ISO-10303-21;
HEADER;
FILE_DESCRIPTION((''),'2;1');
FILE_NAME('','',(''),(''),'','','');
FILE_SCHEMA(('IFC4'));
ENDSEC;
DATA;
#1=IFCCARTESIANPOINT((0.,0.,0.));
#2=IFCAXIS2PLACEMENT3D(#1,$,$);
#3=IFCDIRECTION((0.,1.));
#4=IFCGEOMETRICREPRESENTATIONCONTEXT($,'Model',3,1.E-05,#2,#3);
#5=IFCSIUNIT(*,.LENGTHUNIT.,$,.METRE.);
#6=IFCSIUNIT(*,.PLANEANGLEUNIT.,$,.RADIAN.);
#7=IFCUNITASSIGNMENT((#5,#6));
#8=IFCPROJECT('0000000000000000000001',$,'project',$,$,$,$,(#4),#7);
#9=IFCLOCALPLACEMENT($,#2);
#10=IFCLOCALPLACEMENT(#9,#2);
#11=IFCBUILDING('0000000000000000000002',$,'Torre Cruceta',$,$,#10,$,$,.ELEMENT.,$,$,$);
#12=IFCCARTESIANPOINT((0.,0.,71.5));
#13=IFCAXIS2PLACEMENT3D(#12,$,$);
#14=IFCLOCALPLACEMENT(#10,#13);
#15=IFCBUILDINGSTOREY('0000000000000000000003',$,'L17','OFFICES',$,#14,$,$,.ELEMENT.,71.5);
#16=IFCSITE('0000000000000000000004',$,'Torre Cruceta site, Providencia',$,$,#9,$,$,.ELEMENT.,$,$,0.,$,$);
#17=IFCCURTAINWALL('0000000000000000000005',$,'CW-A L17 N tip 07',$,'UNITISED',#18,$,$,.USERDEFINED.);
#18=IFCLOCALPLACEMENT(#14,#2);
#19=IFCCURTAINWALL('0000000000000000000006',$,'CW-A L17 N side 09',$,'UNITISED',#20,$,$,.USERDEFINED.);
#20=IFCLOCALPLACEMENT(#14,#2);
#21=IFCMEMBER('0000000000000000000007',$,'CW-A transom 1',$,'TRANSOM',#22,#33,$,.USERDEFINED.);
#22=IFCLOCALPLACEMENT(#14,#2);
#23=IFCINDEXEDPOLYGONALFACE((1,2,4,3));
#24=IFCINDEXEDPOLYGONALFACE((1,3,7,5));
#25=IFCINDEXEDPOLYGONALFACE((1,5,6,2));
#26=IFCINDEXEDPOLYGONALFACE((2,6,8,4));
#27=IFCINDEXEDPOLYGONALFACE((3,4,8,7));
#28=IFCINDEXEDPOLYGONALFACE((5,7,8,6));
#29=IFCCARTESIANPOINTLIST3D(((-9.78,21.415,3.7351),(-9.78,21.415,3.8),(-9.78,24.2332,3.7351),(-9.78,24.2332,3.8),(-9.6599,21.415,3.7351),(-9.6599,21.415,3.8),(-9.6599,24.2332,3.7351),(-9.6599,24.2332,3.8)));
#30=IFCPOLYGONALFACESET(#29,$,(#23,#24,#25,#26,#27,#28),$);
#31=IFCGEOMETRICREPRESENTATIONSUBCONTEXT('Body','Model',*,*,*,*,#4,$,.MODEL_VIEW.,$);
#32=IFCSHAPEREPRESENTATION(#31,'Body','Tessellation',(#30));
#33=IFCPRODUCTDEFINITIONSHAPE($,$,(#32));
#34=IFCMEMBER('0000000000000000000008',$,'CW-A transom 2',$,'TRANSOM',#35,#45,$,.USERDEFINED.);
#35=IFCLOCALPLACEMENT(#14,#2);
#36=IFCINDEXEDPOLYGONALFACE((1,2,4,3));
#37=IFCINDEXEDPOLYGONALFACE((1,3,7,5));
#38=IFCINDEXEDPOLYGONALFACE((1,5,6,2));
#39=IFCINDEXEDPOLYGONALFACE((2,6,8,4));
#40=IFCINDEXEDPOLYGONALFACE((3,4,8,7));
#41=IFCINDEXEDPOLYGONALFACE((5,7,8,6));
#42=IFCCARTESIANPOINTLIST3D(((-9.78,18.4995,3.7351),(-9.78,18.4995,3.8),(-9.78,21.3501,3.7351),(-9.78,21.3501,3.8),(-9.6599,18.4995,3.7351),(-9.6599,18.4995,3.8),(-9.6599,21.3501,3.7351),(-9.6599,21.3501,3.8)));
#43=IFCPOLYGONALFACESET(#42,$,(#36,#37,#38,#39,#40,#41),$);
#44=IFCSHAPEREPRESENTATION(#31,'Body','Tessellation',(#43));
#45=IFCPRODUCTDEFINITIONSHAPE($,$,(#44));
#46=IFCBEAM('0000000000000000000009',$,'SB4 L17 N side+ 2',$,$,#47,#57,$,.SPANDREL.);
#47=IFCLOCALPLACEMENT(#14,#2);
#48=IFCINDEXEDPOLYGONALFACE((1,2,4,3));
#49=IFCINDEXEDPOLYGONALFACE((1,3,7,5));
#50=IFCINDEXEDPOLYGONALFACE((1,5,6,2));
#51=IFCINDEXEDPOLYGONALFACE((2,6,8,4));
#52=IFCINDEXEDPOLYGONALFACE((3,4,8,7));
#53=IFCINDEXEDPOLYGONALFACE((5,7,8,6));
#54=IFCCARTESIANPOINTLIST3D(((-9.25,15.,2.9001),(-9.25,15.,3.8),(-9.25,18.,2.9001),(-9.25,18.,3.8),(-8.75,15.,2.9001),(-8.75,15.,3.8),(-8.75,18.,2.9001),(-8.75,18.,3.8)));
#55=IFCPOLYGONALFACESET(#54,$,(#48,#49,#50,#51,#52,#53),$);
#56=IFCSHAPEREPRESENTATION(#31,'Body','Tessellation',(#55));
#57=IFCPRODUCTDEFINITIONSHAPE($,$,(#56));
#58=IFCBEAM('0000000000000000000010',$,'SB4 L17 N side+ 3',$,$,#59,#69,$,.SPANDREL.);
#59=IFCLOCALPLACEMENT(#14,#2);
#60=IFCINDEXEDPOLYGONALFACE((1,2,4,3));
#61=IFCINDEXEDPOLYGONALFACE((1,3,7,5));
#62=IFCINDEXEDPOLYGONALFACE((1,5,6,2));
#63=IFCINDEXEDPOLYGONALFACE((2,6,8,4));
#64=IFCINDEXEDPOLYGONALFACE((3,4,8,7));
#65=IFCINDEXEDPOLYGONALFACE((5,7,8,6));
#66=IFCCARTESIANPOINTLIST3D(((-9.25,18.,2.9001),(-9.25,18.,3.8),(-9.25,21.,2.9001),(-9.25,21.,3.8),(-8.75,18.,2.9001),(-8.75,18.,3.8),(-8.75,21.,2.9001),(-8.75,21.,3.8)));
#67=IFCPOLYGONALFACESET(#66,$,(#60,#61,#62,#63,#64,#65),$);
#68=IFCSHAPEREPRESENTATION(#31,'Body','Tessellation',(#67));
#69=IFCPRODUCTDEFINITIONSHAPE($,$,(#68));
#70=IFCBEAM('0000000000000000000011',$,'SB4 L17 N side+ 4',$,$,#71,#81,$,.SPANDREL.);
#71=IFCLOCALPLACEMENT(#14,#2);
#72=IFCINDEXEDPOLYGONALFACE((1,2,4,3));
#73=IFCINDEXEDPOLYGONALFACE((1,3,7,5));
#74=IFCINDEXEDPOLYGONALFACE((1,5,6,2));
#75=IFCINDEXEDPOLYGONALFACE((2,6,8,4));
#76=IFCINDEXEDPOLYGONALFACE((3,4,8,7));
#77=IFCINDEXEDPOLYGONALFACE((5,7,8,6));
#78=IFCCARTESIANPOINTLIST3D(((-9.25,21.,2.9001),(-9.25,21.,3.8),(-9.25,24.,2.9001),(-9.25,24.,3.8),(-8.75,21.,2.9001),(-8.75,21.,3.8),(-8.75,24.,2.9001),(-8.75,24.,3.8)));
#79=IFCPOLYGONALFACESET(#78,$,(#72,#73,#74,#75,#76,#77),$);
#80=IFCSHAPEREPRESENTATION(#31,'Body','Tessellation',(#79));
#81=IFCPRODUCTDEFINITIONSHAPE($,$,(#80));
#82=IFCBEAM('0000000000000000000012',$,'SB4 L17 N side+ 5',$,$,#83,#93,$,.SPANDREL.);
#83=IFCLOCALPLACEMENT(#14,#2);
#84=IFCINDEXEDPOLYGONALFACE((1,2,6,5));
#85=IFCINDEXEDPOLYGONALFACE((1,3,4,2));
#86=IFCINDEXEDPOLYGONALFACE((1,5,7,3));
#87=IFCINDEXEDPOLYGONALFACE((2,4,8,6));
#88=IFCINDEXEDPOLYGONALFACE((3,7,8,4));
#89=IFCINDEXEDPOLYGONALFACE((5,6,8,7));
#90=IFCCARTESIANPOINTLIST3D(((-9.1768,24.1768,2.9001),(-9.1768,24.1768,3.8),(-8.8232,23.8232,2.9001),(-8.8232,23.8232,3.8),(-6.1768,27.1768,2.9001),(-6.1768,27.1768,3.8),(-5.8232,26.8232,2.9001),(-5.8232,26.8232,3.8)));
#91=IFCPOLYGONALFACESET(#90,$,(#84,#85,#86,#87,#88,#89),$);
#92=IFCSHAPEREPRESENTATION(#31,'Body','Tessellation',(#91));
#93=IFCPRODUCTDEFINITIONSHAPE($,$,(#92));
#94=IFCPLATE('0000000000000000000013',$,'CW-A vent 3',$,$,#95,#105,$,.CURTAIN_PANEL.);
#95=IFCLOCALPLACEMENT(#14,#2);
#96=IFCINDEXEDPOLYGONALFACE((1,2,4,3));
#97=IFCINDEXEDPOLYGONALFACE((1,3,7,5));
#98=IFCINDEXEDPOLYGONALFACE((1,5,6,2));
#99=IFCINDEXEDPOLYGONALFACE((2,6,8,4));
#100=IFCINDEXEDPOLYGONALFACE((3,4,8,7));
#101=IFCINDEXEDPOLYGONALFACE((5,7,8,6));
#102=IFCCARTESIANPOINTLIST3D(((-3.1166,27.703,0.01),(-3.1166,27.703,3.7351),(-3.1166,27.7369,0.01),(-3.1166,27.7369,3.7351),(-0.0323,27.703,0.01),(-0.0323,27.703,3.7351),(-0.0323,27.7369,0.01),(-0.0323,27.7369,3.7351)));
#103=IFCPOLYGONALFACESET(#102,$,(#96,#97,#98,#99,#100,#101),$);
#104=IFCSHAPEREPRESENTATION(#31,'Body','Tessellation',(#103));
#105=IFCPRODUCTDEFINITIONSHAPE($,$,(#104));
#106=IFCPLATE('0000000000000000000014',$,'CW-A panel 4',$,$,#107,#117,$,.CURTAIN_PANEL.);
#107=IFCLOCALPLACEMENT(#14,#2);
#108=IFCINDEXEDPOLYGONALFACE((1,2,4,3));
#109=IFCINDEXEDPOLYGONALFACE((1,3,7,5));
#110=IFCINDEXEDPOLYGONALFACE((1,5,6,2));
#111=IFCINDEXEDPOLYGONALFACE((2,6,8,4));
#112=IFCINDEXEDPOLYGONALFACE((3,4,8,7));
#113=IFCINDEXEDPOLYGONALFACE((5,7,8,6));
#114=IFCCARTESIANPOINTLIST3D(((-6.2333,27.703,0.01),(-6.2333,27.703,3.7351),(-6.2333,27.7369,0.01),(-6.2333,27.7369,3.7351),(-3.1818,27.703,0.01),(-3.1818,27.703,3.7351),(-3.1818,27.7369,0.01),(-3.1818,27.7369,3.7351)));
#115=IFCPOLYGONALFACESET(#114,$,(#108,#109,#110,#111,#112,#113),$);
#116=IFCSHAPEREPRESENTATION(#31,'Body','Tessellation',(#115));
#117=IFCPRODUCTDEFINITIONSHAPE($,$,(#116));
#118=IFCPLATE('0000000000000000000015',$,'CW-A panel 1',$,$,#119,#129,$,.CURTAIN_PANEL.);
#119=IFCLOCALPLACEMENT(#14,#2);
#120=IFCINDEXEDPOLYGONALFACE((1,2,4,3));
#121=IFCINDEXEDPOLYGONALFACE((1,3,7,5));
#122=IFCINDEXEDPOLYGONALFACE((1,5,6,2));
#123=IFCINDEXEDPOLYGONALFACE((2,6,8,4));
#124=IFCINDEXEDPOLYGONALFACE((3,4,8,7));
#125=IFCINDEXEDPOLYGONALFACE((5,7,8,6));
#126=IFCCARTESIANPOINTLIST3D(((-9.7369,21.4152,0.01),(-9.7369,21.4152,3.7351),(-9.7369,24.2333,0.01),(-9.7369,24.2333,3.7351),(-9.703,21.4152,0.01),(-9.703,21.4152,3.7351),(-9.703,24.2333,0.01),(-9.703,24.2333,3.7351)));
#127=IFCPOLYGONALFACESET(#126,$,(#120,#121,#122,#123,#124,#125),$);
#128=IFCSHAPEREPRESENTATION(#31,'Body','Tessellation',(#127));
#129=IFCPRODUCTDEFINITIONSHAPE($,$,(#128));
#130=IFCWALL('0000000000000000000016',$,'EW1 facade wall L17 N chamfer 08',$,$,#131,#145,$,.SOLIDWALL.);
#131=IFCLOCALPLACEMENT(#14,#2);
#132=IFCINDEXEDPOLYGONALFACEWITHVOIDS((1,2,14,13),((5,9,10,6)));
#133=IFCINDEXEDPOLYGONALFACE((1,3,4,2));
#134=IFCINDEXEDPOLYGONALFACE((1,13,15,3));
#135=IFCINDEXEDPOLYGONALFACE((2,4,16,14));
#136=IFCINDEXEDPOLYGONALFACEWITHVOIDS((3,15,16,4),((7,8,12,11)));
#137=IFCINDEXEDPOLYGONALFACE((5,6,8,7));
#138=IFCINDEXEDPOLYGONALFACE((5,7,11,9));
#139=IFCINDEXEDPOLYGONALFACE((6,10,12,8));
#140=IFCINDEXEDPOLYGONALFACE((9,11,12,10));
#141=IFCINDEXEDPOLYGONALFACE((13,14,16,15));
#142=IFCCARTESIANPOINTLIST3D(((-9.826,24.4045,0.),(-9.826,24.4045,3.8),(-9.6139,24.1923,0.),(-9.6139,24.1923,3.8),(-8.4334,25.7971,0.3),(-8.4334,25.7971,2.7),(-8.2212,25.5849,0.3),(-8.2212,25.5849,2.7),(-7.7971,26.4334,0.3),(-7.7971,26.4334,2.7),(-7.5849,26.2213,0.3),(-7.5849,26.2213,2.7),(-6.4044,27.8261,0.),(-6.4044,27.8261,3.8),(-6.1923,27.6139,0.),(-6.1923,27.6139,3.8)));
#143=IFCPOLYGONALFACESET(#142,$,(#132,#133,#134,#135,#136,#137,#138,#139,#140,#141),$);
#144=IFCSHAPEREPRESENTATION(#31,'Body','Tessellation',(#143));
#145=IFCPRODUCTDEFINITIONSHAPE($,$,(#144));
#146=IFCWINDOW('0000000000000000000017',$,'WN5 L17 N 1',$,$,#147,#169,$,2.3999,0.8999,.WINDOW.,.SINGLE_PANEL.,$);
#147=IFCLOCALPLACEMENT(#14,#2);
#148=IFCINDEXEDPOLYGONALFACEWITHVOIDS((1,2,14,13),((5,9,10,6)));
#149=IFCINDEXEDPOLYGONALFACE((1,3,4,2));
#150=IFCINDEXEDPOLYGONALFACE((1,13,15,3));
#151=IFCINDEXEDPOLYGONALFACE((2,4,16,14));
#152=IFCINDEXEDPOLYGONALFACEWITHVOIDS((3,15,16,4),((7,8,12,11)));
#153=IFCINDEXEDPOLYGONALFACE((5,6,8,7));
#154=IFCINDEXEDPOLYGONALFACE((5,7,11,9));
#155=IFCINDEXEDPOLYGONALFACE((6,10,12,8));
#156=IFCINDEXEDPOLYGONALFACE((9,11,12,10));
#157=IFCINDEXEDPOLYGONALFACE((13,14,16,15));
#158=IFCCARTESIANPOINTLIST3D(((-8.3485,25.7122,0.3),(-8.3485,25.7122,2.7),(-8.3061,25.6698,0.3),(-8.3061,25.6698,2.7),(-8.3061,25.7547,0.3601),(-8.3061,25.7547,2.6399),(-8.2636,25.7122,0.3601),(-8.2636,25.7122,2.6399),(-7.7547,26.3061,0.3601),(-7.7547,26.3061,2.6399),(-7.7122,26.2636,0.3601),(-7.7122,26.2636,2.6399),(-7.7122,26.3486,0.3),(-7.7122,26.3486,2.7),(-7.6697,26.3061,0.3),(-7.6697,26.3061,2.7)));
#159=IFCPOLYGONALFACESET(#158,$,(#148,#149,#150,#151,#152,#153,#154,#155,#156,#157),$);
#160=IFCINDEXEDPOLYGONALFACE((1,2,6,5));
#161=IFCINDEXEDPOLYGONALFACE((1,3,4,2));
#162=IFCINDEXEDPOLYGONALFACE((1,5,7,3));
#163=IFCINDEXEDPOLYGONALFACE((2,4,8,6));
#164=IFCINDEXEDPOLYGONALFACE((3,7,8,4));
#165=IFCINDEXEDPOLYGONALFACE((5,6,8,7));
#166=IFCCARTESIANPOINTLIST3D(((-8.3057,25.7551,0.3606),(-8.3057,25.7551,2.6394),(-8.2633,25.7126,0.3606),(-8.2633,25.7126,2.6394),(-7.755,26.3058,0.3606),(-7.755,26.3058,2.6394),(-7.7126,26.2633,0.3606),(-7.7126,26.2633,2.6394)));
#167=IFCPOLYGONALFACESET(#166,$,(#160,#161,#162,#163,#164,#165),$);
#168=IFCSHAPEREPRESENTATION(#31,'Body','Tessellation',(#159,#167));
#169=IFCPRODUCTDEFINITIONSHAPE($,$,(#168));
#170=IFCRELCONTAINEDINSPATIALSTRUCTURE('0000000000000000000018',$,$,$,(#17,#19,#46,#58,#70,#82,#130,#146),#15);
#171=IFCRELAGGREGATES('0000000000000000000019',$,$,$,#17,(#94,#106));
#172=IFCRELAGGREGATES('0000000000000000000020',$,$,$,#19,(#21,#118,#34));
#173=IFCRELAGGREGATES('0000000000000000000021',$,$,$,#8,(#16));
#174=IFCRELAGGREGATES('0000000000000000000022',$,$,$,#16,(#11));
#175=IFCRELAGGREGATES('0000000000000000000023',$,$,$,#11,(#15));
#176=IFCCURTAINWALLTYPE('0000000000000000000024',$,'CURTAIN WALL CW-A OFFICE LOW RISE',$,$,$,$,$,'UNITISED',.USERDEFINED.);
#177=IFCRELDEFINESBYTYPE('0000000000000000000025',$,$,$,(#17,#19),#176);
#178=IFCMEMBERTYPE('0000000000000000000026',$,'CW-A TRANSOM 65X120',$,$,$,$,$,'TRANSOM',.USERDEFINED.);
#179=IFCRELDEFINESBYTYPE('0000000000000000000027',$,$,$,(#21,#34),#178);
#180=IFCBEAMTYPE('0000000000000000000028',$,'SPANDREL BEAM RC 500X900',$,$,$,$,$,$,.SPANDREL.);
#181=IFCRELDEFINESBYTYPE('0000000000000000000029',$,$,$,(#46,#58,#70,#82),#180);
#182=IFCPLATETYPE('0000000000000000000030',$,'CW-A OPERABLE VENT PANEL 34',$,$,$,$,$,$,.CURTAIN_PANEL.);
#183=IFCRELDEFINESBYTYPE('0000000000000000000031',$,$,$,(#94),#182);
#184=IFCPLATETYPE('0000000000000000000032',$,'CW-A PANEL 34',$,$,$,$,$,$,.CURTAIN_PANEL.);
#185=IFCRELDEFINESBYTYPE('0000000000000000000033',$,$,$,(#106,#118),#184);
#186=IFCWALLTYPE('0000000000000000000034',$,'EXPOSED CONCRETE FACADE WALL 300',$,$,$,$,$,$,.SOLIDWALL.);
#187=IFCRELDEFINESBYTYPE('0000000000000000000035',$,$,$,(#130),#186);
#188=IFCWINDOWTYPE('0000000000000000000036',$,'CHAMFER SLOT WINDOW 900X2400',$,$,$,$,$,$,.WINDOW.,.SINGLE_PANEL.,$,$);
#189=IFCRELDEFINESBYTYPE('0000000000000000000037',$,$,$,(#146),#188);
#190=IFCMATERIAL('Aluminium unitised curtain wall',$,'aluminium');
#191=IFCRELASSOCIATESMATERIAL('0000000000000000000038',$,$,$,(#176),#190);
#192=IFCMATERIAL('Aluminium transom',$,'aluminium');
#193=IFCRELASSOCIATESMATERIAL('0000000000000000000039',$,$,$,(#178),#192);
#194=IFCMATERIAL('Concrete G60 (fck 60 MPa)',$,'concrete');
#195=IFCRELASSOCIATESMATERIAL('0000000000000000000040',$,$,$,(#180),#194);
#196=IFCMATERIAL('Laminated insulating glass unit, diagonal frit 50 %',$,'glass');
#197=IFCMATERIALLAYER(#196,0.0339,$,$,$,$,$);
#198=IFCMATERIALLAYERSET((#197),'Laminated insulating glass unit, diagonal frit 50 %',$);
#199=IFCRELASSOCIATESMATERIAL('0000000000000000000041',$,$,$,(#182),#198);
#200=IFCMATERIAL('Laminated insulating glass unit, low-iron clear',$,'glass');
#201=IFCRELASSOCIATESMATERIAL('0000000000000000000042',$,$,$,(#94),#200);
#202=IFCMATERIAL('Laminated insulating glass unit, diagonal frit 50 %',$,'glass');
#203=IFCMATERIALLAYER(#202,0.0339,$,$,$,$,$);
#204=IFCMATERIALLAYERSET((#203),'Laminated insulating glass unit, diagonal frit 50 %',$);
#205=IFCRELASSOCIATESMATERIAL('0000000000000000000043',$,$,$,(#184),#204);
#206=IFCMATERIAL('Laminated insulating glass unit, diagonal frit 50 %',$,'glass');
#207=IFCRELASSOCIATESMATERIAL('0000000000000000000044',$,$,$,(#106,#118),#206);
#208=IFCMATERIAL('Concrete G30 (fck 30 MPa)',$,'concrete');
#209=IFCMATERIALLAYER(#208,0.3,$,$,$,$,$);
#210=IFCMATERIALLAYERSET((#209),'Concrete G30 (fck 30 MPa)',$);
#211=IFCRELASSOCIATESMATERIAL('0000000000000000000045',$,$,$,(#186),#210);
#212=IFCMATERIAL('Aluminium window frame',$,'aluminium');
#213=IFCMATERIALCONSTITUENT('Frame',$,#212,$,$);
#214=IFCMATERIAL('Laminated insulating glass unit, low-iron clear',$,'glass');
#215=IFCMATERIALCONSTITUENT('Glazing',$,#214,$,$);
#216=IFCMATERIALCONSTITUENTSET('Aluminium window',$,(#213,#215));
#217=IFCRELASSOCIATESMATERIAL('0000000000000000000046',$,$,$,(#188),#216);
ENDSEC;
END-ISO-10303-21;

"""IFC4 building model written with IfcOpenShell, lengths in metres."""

from ifc_helpers import new_model, si_unit, direction, frame, frame_2d, origin, origin_2d, place, context, subcontext, project, spatial, rectangle, hollow_rectangle, extrude, material, layer, layer_set, constituent, constituent_set, material_profile, profile_set, type_object, element, fill, aggregate, save


model = new_model("IFC4")

# Units and contexts
model_context = context("Model", 3, precision=1e-05, world=origin(), true_north=direction((0.0, 1.0)))
body_context = subcontext(model_context, "Body", "Model", "MODEL_VIEW")
ifc_project = project(units=[si_unit("LENGTHUNIT", "METRE"), si_unit("PLANEANGLEUNIT", "RADIAN")], contexts=[model_context])

# Site, building, storey
site_placement = place(None, origin())
site = spatial("IfcSite", under=ifc_project, at=site_placement, Name="Torre Cruceta site, Providencia", CompositionType="ELEMENT", RefElevation=0.0)
building_placement = place(site_placement, origin())
building = spatial("IfcBuilding", under=site, at=building_placement, Name="Torre Cruceta", CompositionType="ELEMENT")
storey_placement = place(building_placement, frame((0.0, 0.0, 71.5)))
storey = spatial("IfcBuildingStorey", under=building, at=storey_placement, Name="L17", Description="OFFICES", CompositionType="ELEMENT", Elevation=71.5)

# Curtain walls
ifc_material_1 = material(Name="Aluminium unitised curtain wall", Category="aluminium")
curtain_wall_type = type_object("IfcCurtainWallType", Name="CURTAIN WALL CW-A OFFICE LOW RISE", ElementType="UNITISED", PredefinedType="USERDEFINED", material=ifc_material_1)
curtain_wall_1_placement = place(storey_placement, origin())
curtain_wall_1 = element("IfcCurtainWall", 1, at=curtain_wall_1_placement, inside=storey, type_object=curtain_wall_type, Name="CW-A L17 N tip 07", ObjectType="UNITISED", PredefinedType="USERDEFINED")
curtain_wall_2_placement = place(storey_placement, origin())
curtain_wall_2 = element("IfcCurtainWall", 2, at=curtain_wall_2_placement, inside=storey, type_object=curtain_wall_type, Name="CW-A L17 N side 09", ObjectType="UNITISED", PredefinedType="USERDEFINED")

# Members
ifc_material_2 = material(Name="Aluminium transom", Category="aluminium")
ifc_material_profile_1 = material_profile(ifc_material_2, rectangle(XDim=0.1201, YDim=0.0649, at=origin_2d()), Name="AL 120X65")
ifc_profile_set_1 = profile_set([ifc_material_profile_1], Name="Aluminium transom")
member_type_1 = type_object("IfcMemberType", Name="CW-A TRANSOM 65X120", ElementType="TRANSOM", PredefinedType="USERDEFINED", material=ifc_profile_set_1)
member_1_placement = place(storey_placement, frame((-9.72, 24.2332, 3.7676), z_axis=(0.0, -1.0, 0.0), x_axis=(1.0, 0.0, 0.0)))
member_1 = element("IfcMember", 3, at=member_1_placement, type_object=member_type_1, Name="CW-A transom 1", ObjectType="TRANSOM", PredefinedType="USERDEFINED", context=body_context, shape_type="SweptSolid", body=[
    extrude(rectangle(XDim=0.1201, YDim=0.0649, at=origin_2d()), origin(), (0.0, 0.0, 1.0), 2.8181),
])
member_2_placement = place(storey_placement, frame((-9.72, 21.3501, 3.7676), z_axis=(0.0, -1.0, 0.0), x_axis=(1.0, 0.0, 0.0)))
member_2 = element("IfcMember", 4, at=member_2_placement, type_object=member_type_1, Name="CW-A transom 2", ObjectType="TRANSOM", PredefinedType="USERDEFINED", context=body_context, shape_type="SweptSolid", body=[
    extrude(rectangle(XDim=0.1201, YDim=0.0649, at=origin_2d()), origin(), (0.0, 0.0, 1.0), 2.8506),
])

# Beams
ifc_material_3 = material(Name="Concrete G60 (fck 60 MPa)", Category="concrete")
ifc_material_profile_2 = material_profile(ifc_material_3, rectangle(XDim=0.5, YDim=0.8999, at=origin_2d()), Name="RC 500X900")
ifc_profile_set_2 = profile_set([ifc_material_profile_2], Name="Concrete G60 (fck 60 MPa)")
beam_type_1 = type_object("IfcBeamType", Name="SPANDREL BEAM RC 500X900", PredefinedType="SPANDREL", material=ifc_profile_set_2)
for number, where, z_axis, x_axis, name in (
    (5, (-9.0, 15.0, 3.3501), (0.0, 1.0, 0.0), (-1.0, 0.0, 0.0), "SB4 L17 N side+ 2"),
    (6, (-9.0, 18.0, 3.3501), (0.0, 1.0, 0.0), (-1.0, 0.0, 0.0), "SB4 L17 N side+ 3"),
    (7, (-9.0, 21.0, 3.3501), (0.0, 1.0, 0.0), (-1.0, 0.0, 0.0), "SB4 L17 N side+ 4"),
):
    element("IfcBeam", number, at=place(storey_placement, frame(where, z_axis=z_axis, x_axis=x_axis)), inside=storey, type_object=beam_type_1, Name=name, PredefinedType="SPANDREL", context=body_context, shape_type="SweptSolid", body=[
        extrude(rectangle(XDim=0.5, YDim=0.8999, at=origin_2d()), origin(), (0.0, 0.0, 1.0), 3.0),
    ])
beam_placement = place(storey_placement, frame((-9.0, 24.0, 3.3501), z_axis=(0.707107, 0.707107, 0.0), x_axis=(-0.707107, 0.707107, 0.0)))
element("IfcBeam", 8, at=beam_placement, inside=storey, type_object=beam_type_1, Name="SB4 L17 N side+ 5", PredefinedType="SPANDREL", context=body_context, shape_type="SweptSolid", body=[
    extrude(rectangle(XDim=0.5, YDim=0.8999, at=origin_2d()), origin(), (0.0, 0.0, 1.0), 4.2427),
])

# Plates
ifc_material_4 = material(Name="Laminated insulating glass unit, low-iron clear", Category="glass")
ifc_material_5 = material(Name="Laminated insulating glass unit, diagonal frit 50 %", Category="glass")
ifc_layer_1 = layer(ifc_material_5, 0.0339)
ifc_layer_set_1 = layer_set([ifc_layer_1], Name="Laminated insulating glass unit, diagonal frit 50 %")
plate_type_1 = type_object("IfcPlateType", Name="CW-A OPERABLE VENT PANEL 34", PredefinedType="CURTAIN_PANEL", material=ifc_layer_set_1)
plate_1_placement = place(storey_placement, frame((-1.5745, 27.72, 0.01), z_axis=(0.0, 0.0, 1.0), x_axis=(-1.0, 0.0, 0.0)))
plate_1 = element("IfcPlate", 9, at=plate_1_placement, type_object=plate_type_1, material=ifc_material_4, Name="CW-A vent 3", PredefinedType="CURTAIN_PANEL", context=body_context, shape_type="SweptSolid", body=[
    extrude(rectangle(XDim=3.0842, YDim=0.0339, at=origin_2d()), origin(), (0.0, 0.0, 1.0), 3.7251),
])
ifc_material_6 = material(Name="Laminated insulating glass unit, diagonal frit 50 %", Category="glass")
ifc_material_7 = material(Name="Laminated insulating glass unit, diagonal frit 50 %", Category="glass")
ifc_layer_2 = layer(ifc_material_7, 0.0339)
ifc_layer_set_2 = layer_set([ifc_layer_2], Name="Laminated insulating glass unit, diagonal frit 50 %")
plate_type_2 = type_object("IfcPlateType", Name="CW-A PANEL 34", PredefinedType="CURTAIN_PANEL", material=ifc_layer_set_2)
plate_2_placement = place(storey_placement, frame((-4.7075, 27.72, 0.01), z_axis=(0.0, 0.0, 1.0), x_axis=(-1.0, 0.0, 0.0)))
plate_2 = element("IfcPlate", 10, at=plate_2_placement, type_object=plate_type_2, material=ifc_material_6, Name="CW-A panel 4", PredefinedType="CURTAIN_PANEL", context=body_context, shape_type="SweptSolid", body=[
    extrude(rectangle(XDim=3.0515, YDim=0.0339, at=origin_2d()), origin(), (0.0, 0.0, 1.0), 3.7251),
])
aggregate(curtain_wall_1, [plate_1, plate_2])
plate_3_placement = place(storey_placement, frame((-9.72, 22.8242, 0.01), z_axis=(0.0, 0.0, 1.0), x_axis=(0.0, -1.0, 0.0)))
plate_3 = element("IfcPlate", 11, at=plate_3_placement, type_object=plate_type_2, material=ifc_material_6, Name="CW-A panel 1", PredefinedType="CURTAIN_PANEL", context=body_context, shape_type="SweptSolid", body=[
    extrude(rectangle(XDim=2.8181, YDim=0.0339, at=origin_2d()), origin(), (0.0, 0.0, 1.0), 3.7251),
])
aggregate(curtain_wall_2, [member_1, plate_3, member_2])

# Wall, opening, window
ifc_material_8 = material(Name="Concrete G30 (fck 30 MPa)", Category="concrete")
ifc_layer_3 = layer(ifc_material_8, 0.3)
ifc_layer_set_3 = layer_set([ifc_layer_3], Name="Concrete G30 (fck 30 MPa)")
wall_type_1 = type_object("IfcWallType", Name="EXPOSED CONCRETE FACADE WALL 300", PredefinedType="SOLIDWALL", material=ifc_layer_set_3)
wall_1_placement = place(storey_placement, frame((-6.2983, 27.72, 0.0), z_axis=(0.0, 0.0, 1.0), x_axis=(-0.707107, -0.707107, 0.0)))
wall_1 = element("IfcWall", 12, at=wall_1_placement, inside=storey, type_object=wall_type_1, Name="EW1 facade wall L17 N chamfer 08", PredefinedType="SOLIDWALL", context=body_context, shape_type="SweptSolid", body=[
    extrude(rectangle(XDim=4.8389, YDim=0.3, at=frame_2d((2.4194, 0.0))), origin(), (0.0, 0.0, 1.0), 3.8),
])
opening_1_placement = place(wall_1_placement, frame((1.9695, 0.0, 0.3)))
opening_1 = element("IfcOpeningElement", 13, at=opening_1_placement, cuts=wall_1, PredefinedType="OPENING", context=body_context, shape_type="SweptSolid", body=[
    extrude(rectangle(XDim=0.8999, YDim=2.3999, at=frame_2d((0.45, 1.2))), frame((0.0, 0.1599, 0.0), z_axis=(0.0, -1.0, 0.0), x_axis=(1.0, 0.0, 0.0)), (0.0, 0.0, 1.0), 0.3201),
])
ifc_material_9 = material(Name="Aluminium window frame", Category="aluminium")
ifc_constituent_1 = constituent(ifc_material_9, Name="Frame")
ifc_material_10 = material(Name="Laminated insulating glass unit, low-iron clear", Category="glass")
ifc_constituent_2 = constituent(ifc_material_10, Name="Glazing")
ifc_constituent_set_1 = constituent_set(constituents=[ifc_constituent_1, ifc_constituent_2], Name="Aluminium window")
window_type = type_object("IfcWindowType", Name="CHAMFER SLOT WINDOW 900X2400", PartitioningType="SINGLE_PANEL", PredefinedType="WINDOW", material=ifc_constituent_set_1)
window_placement = place(opening_1_placement, origin())
window = element("IfcWindow", 14, at=window_placement, inside=storey, type_object=window_type, Name="WN5 L17 N 1", OverallHeight=2.3999, OverallWidth=0.8999, PartitioningType="SINGLE_PANEL", PredefinedType="WINDOW", context=body_context, shape_type="SweptSolid", body=[
    extrude(hollow_rectangle(XDim=0.8999, YDim=2.3999, WallThickness=0.0601, at=frame_2d((0.45, 1.2))), frame((0.0, 0.03, 0.0), z_axis=(0.0, -1.0, 0.0), x_axis=(1.0, 0.0, 0.0)), (0.0, 0.0, 1.0), 0.0601),
    extrude(rectangle(XDim=0.7788, YDim=2.2788, at=frame_2d((0.45, 1.2))), frame((0.0, 0.03, 0.0), z_axis=(0.0, -1.0, 0.0), x_axis=(1.0, 0.0, 0.0)), (0.0, 0.0, 1.0), 0.0601),
])
fill(opening_1, window)

save(model, "model.ifc")
